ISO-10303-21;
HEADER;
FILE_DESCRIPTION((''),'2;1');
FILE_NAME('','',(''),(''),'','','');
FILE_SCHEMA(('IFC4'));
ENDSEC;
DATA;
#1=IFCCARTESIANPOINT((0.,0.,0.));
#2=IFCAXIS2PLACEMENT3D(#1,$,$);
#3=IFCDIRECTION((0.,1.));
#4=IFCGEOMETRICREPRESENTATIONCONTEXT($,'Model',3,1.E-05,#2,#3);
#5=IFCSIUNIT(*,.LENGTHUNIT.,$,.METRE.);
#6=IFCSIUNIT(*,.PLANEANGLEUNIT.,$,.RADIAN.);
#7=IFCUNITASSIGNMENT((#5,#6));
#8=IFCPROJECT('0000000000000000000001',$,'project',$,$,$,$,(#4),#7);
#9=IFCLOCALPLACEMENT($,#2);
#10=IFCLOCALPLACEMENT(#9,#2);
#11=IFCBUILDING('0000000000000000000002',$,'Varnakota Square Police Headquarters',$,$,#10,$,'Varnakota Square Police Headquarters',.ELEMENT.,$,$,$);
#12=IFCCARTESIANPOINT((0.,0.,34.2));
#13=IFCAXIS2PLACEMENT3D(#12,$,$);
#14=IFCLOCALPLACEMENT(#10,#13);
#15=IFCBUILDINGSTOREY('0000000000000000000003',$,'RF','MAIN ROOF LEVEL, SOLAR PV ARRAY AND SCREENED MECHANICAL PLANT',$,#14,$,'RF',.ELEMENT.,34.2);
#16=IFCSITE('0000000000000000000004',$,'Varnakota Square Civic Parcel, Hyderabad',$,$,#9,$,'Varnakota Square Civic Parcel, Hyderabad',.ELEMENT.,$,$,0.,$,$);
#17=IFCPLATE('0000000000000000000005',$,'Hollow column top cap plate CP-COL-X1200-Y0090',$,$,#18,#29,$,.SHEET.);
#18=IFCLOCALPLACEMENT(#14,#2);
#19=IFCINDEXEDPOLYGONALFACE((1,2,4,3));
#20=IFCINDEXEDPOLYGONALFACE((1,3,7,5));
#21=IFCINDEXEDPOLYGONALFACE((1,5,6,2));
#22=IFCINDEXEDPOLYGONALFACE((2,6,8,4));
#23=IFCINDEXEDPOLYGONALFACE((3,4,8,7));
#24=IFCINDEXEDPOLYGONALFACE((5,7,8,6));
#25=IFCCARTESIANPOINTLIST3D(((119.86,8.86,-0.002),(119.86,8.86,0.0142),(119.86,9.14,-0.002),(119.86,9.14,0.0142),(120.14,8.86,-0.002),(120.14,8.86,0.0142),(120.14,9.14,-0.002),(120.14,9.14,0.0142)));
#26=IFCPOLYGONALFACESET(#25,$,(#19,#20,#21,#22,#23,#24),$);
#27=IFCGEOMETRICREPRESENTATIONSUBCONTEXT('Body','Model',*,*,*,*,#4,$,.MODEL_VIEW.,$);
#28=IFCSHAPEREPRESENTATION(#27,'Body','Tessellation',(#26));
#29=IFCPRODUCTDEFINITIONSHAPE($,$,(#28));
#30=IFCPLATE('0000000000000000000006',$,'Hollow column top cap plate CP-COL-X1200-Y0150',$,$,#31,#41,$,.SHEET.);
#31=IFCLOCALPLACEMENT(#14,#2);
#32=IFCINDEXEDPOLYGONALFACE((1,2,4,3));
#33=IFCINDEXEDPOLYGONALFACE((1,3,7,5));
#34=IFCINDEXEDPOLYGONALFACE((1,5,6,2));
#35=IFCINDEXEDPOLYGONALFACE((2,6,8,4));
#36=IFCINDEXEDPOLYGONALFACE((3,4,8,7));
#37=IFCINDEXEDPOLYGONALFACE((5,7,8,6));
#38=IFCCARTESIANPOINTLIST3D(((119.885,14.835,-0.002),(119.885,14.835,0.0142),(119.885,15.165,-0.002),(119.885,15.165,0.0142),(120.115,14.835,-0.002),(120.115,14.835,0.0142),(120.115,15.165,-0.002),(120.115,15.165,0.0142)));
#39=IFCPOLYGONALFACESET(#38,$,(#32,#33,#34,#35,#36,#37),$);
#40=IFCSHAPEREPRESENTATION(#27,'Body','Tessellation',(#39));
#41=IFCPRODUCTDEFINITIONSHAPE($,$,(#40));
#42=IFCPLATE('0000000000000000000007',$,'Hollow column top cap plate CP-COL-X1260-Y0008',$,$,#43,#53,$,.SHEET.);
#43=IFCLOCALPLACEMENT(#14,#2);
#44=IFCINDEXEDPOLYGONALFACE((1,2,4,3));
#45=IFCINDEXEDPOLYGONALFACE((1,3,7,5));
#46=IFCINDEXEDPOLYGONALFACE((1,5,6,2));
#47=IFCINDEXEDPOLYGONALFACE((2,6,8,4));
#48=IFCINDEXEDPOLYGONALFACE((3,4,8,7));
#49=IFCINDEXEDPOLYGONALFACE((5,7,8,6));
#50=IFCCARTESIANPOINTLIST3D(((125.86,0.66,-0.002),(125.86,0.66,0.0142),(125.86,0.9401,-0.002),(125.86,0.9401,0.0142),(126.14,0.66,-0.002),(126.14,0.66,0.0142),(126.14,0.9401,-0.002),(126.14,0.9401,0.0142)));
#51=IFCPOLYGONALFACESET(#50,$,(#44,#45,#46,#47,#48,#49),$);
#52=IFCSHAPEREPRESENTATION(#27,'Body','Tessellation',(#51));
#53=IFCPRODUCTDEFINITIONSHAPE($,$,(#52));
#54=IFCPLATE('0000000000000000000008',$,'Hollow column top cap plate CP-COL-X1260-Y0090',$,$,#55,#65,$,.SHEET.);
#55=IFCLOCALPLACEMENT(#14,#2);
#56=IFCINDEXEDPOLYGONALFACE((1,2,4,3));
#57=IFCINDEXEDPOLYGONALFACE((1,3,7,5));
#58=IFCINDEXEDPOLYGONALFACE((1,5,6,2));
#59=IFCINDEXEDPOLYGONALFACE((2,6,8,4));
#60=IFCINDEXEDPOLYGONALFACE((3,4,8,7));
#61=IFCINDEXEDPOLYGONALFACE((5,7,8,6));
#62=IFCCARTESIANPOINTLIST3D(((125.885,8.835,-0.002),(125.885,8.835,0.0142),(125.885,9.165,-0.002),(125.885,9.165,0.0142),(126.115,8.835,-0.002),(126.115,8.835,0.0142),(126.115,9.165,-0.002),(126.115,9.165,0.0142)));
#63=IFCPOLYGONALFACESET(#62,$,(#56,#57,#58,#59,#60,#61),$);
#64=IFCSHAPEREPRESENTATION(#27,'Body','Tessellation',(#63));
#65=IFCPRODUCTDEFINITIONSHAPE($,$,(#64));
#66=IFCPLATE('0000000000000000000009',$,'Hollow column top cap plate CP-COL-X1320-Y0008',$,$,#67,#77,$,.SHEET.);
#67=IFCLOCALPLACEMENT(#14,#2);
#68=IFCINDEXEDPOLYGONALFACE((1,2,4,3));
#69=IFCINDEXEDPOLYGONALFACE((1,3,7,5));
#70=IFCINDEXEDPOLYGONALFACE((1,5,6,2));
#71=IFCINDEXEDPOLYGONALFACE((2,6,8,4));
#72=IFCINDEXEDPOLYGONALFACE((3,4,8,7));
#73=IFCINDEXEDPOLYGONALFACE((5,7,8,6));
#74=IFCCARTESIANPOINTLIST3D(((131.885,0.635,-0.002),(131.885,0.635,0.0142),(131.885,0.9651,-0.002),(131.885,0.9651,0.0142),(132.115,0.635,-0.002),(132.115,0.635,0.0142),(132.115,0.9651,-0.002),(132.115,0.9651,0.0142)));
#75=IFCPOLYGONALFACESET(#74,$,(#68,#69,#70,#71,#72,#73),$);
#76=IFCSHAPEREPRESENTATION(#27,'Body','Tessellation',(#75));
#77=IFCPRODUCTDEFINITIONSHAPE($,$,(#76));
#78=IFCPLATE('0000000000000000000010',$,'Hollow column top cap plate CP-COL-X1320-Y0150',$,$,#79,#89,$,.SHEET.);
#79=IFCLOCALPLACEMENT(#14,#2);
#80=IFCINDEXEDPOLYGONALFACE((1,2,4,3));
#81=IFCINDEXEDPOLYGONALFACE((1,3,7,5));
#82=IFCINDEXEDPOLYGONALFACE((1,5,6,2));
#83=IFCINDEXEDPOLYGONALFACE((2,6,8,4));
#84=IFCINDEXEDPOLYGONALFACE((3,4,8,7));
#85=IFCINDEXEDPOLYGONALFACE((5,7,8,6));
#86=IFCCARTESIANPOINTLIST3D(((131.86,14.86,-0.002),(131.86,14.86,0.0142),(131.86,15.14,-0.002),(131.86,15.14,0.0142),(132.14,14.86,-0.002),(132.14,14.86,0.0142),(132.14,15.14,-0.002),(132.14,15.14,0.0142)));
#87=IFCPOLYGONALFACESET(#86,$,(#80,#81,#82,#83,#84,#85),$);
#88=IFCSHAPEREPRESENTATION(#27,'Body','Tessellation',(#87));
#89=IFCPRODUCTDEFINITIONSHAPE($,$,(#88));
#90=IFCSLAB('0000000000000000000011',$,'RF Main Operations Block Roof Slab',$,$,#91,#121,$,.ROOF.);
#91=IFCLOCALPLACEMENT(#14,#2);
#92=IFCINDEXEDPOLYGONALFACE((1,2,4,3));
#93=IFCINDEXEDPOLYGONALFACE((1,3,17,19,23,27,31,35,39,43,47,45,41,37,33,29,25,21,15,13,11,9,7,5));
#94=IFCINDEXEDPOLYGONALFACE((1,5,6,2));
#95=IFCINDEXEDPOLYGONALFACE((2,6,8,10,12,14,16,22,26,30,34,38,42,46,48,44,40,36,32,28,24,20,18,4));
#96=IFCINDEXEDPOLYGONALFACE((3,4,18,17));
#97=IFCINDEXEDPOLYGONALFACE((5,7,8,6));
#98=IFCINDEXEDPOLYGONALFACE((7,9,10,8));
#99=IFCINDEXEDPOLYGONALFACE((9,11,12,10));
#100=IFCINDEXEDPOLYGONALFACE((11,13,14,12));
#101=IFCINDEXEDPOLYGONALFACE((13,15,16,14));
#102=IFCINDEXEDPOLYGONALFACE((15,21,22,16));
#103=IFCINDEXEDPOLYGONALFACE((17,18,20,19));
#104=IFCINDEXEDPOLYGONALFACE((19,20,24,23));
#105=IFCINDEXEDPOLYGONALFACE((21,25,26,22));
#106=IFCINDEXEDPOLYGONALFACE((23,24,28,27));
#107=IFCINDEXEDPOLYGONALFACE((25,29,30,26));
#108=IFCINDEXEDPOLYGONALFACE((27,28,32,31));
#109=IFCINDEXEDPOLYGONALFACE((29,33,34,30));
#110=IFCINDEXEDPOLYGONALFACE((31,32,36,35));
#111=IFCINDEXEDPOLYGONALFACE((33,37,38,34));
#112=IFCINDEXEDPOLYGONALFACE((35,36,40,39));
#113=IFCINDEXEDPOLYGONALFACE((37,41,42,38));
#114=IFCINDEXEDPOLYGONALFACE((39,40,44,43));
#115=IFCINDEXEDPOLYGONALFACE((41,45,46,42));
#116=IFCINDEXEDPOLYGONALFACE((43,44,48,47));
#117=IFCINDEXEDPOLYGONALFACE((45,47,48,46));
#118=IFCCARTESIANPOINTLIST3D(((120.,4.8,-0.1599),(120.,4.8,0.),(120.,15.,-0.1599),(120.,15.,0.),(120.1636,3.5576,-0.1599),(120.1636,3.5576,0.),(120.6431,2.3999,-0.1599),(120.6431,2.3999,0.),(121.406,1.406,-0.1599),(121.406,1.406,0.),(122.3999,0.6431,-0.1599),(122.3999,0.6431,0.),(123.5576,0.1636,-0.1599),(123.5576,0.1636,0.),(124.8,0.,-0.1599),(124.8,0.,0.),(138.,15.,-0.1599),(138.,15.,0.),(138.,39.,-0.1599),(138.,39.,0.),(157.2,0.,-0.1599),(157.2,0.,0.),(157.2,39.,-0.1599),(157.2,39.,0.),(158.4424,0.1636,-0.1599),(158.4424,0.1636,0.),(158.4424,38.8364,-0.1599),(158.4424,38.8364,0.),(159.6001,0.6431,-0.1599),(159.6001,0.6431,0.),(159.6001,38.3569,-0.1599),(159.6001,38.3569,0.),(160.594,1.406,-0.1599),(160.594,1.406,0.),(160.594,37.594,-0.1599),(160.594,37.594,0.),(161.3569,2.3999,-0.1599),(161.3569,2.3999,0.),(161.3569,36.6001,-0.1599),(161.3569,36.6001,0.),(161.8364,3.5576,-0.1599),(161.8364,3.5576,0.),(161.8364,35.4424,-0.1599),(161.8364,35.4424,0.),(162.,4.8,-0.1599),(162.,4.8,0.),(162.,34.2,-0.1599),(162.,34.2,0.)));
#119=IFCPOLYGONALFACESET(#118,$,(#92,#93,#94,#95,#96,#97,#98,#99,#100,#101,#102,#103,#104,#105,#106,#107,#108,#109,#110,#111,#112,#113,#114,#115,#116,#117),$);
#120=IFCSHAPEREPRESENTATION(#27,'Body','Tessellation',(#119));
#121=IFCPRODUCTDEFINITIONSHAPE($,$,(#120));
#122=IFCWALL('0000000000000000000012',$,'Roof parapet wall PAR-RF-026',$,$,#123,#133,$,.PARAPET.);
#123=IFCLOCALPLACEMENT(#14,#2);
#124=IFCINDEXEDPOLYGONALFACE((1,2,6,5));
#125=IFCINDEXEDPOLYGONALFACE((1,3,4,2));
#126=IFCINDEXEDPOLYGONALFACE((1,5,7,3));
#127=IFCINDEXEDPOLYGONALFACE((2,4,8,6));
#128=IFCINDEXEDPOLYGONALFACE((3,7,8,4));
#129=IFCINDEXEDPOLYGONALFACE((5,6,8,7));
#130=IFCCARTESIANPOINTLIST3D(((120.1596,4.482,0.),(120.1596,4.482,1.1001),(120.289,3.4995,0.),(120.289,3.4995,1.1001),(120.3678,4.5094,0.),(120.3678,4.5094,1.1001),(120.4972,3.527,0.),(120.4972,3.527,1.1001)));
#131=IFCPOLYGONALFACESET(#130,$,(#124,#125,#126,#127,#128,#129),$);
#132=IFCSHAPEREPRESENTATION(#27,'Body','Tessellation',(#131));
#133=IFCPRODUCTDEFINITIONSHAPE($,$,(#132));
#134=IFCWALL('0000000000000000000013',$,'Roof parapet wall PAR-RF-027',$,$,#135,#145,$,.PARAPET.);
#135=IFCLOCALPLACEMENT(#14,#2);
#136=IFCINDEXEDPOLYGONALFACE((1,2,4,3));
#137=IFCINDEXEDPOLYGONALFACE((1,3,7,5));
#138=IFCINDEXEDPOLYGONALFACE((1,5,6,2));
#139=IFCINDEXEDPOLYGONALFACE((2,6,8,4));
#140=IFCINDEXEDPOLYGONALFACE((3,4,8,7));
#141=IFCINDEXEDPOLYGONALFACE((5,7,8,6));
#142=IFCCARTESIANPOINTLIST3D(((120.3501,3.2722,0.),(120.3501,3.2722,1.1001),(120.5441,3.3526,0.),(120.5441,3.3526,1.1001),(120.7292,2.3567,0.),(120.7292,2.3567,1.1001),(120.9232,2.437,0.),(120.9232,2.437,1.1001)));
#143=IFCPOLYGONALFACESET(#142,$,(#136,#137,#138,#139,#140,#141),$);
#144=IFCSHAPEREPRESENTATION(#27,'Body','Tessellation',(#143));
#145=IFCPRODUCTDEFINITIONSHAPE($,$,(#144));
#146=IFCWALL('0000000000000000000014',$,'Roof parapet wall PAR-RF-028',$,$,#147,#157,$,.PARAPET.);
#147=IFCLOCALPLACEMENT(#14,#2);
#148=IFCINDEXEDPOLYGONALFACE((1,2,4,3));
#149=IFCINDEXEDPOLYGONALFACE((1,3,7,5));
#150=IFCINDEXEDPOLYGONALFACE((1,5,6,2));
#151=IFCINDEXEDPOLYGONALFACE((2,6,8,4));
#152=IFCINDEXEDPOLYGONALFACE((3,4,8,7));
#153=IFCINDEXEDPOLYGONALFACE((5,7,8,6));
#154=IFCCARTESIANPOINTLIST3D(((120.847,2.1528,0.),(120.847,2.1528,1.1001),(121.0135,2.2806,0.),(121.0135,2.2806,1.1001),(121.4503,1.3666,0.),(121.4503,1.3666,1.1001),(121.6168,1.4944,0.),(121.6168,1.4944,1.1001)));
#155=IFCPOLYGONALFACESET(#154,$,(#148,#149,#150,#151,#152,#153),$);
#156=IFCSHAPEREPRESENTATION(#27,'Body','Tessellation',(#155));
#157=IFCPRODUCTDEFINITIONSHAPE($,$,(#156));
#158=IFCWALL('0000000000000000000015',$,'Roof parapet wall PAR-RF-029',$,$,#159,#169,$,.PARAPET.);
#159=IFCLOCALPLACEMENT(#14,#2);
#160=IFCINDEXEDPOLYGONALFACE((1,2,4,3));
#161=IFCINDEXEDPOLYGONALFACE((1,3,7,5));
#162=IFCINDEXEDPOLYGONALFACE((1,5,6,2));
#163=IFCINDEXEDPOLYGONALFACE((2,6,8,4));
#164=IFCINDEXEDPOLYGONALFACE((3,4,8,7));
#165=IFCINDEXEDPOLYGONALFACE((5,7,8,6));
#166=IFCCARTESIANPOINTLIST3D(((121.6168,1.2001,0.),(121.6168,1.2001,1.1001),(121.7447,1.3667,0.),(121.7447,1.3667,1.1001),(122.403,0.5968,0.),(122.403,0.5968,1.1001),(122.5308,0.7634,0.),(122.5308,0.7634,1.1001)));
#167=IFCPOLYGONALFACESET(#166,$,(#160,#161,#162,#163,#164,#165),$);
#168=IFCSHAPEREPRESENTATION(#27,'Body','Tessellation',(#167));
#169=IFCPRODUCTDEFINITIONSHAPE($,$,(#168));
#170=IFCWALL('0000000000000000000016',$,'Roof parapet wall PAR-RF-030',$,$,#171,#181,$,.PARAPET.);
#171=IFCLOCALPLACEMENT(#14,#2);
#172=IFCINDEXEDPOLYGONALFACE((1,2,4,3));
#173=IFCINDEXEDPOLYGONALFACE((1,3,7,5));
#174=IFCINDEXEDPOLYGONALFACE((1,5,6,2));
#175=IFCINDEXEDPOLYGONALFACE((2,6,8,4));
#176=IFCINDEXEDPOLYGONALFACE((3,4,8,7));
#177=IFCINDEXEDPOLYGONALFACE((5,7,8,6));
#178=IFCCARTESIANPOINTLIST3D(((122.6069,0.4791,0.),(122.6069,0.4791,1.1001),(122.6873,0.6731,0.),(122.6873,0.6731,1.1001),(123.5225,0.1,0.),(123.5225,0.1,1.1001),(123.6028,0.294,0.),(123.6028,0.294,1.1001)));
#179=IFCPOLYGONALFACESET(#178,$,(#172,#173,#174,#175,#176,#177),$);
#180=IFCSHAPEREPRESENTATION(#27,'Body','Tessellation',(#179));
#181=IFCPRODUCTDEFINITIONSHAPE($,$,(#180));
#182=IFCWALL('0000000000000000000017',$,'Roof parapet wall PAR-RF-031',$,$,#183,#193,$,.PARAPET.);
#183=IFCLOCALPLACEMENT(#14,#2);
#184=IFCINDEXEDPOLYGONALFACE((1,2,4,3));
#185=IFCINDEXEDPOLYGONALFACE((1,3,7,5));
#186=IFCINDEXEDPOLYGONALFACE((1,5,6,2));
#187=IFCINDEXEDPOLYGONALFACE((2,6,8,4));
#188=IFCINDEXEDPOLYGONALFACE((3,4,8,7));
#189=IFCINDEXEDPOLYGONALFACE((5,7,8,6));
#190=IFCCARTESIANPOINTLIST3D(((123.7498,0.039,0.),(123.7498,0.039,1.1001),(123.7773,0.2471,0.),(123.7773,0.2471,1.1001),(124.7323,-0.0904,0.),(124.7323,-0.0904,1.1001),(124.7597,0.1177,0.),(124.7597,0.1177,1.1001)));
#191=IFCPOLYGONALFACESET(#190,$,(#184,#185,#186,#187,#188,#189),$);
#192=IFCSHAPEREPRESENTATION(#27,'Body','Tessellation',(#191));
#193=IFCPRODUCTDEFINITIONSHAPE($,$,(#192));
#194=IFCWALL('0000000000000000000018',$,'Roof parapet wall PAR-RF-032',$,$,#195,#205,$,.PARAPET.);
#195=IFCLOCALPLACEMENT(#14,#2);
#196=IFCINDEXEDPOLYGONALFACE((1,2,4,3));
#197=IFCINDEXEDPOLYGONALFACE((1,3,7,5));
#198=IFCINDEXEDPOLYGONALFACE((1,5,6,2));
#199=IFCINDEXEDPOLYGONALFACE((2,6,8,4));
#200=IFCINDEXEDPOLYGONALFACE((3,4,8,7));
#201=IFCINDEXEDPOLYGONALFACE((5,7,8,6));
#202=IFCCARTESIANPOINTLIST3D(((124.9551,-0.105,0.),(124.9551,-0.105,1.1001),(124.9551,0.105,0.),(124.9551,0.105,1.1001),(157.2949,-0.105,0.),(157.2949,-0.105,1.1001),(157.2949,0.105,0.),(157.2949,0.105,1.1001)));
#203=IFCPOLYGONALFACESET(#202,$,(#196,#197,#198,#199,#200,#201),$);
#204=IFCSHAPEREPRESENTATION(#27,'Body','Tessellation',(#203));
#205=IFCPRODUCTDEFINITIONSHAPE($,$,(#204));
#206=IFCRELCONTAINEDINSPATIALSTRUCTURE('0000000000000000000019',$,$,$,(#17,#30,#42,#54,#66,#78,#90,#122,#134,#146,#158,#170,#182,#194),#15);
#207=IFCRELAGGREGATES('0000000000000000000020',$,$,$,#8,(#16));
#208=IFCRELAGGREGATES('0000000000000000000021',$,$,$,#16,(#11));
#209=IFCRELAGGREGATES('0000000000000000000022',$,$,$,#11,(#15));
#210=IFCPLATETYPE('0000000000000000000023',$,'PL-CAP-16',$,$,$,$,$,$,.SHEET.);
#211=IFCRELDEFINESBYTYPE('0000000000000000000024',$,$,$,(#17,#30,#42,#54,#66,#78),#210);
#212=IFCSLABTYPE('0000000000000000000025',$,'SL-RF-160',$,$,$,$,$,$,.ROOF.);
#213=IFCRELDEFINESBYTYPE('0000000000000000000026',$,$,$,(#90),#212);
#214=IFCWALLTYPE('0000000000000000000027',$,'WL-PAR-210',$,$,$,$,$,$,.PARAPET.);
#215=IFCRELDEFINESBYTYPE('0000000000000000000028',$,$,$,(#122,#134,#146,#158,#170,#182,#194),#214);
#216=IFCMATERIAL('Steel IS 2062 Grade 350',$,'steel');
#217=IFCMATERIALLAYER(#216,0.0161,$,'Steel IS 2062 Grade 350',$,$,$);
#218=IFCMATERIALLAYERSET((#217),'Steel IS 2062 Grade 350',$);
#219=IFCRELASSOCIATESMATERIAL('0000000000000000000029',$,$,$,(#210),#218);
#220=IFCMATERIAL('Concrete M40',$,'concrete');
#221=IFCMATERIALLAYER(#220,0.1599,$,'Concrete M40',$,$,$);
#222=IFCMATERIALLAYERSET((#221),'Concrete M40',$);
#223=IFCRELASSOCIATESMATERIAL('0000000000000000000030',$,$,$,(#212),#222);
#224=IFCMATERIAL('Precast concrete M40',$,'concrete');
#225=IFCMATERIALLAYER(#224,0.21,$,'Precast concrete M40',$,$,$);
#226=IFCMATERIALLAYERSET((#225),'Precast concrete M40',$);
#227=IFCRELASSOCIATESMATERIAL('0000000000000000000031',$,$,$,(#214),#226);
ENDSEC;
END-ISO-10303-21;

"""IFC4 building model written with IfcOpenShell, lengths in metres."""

from ifc_helpers import new_model, si_unit, direction, frame, frame_2d, origin, origin_2d, place, context, subcontext, project, spatial, polyline, rectangle, outline, extrude, material, layer, layer_set, type_object, element, save


model = new_model("IFC4")

# Units and contexts
model_context = context("Model", 3, precision=1e-05, world=origin(), true_north=direction((0.0, 1.0)))
body_context = subcontext(model_context, "Body", "Model", "MODEL_VIEW")
ifc_project = project(units=[si_unit("LENGTHUNIT", "METRE"), si_unit("PLANEANGLEUNIT", "RADIAN")], contexts=[model_context])

# Site, building, storey
site_placement = place(None, origin())
site = spatial("IfcSite", under=ifc_project, at=site_placement, Name="Varnakota Square Civic Parcel, Hyderabad", LongName="Varnakota Square Civic Parcel, Hyderabad", CompositionType="ELEMENT", RefElevation=0.0)
building_placement = place(site_placement, origin())
building = spatial("IfcBuilding", under=site, at=building_placement, Name="Varnakota Square Police Headquarters", LongName="Varnakota Square Police Headquarters", CompositionType="ELEMENT")
storey_placement = place(building_placement, frame((0.0, 0.0, 34.2)))
storey = spatial("IfcBuildingStorey", under=building, at=storey_placement, Name="RF", Description="MAIN ROOF LEVEL, SOLAR PV ARRAY AND SCREENED MECHANICAL PLANT", LongName="RF", CompositionType="ELEMENT", Elevation=34.2)

# Plates
ifc_material_1 = material(Name="Steel IS 2062 Grade 350", Category="steel")
ifc_layer_1 = layer(ifc_material_1, 0.0161, Name="Steel IS 2062 Grade 350")
ifc_layer_set_1 = layer_set([ifc_layer_1], Name="Steel IS 2062 Grade 350")
plate_type = type_object("IfcPlateType", Name="PL-CAP-16", PredefinedType="SHEET", material=ifc_layer_set_1)
plate_1_placement = place(storey_placement, frame((120.0, 9.0, -0.002), z_axis=(0.0, 0.0, 1.0), x_axis=(1.0, 0.0, 0.0)))
element("IfcPlate", 1, at=plate_1_placement, inside=storey, type_object=plate_type, Name="Hollow column top cap plate CP-COL-X1200-Y0090", PredefinedType="SHEET", context=body_context, shape_type="SweptSolid", body=[
    extrude(rectangle(XDim=0.28, YDim=0.28, at=origin_2d()), origin(), (0.0, 0.0, 1.0), 0.0161),
])
plate_2_placement = place(storey_placement, frame((120.0, 15.0, -0.002), z_axis=(0.0, 0.0, 1.0), x_axis=(1.0, 0.0, 0.0)))
element("IfcPlate", 2, at=plate_2_placement, inside=storey, type_object=plate_type, Name="Hollow column top cap plate CP-COL-X1200-Y0150", PredefinedType="SHEET", context=body_context, shape_type="SweptSolid", body=[
    extrude(rectangle(XDim=0.23, YDim=0.3301, at=origin_2d()), origin(), (0.0, 0.0, 1.0), 0.0161),
])
plate_3_placement = place(storey_placement, frame((126.0, 0.8, -0.002), z_axis=(0.0, 0.0, 1.0), x_axis=(1.0, 0.0, 0.0)))
element("IfcPlate", 3, at=plate_3_placement, inside=storey, type_object=plate_type, Name="Hollow column top cap plate CP-COL-X1260-Y0008", PredefinedType="SHEET", context=body_context, shape_type="SweptSolid", body=[
    extrude(rectangle(XDim=0.28, YDim=0.28, at=origin_2d()), origin(), (0.0, 0.0, 1.0), 0.0161),
])
for number, where, z_axis, x_axis, name in (
    (4, (126.0, 9.0, -0.002), (0.0, 0.0, 1.0), (1.0, 0.0, 0.0), "Hollow column top cap plate CP-COL-X1260-Y0090"),
    (5, (132.0, 0.8, -0.002), (0.0, 0.0, 1.0), (1.0, 0.0, 0.0), "Hollow column top cap plate CP-COL-X1320-Y0008"),
):
    element("IfcPlate", number, at=place(storey_placement, frame(where, z_axis=z_axis, x_axis=x_axis)), inside=storey, type_object=plate_type, Name=name, PredefinedType="SHEET", context=body_context, shape_type="SweptSolid", body=[
        extrude(rectangle(XDim=0.23, YDim=0.3301, at=origin_2d()), origin(), (0.0, 0.0, 1.0), 0.0161),
    ])
plate_4_placement = place(storey_placement, frame((132.0, 15.0, -0.002), z_axis=(0.0, 0.0, 1.0), x_axis=(1.0, 0.0, 0.0)))
element("IfcPlate", 6, at=plate_4_placement, inside=storey, type_object=plate_type, Name="Hollow column top cap plate CP-COL-X1320-Y0150", PredefinedType="SHEET", context=body_context, shape_type="SweptSolid", body=[
    extrude(rectangle(XDim=0.28, YDim=0.28, at=origin_2d()), origin(), (0.0, 0.0, 1.0), 0.0161),
])

# Slab
ifc_material_2 = material(Name="Concrete M40", Category="concrete")
ifc_layer_2 = layer(ifc_material_2, 0.1599, Name="Concrete M40")
ifc_layer_set_2 = layer_set([ifc_layer_2], Name="Concrete M40")
slab_type = type_object("IfcSlabType", Name="SL-RF-160", PredefinedType="ROOF", material=ifc_layer_set_2)
slab_placement = place(storey_placement, frame((0.0, 0.0, -0.1599)))
element("IfcSlab", 7, at=slab_placement, inside=storey, type_object=slab_type, Name="RF Main Operations Block Roof Slab", PredefinedType="ROOF", context=body_context, shape_type="SweptSolid", body=[
    extrude(outline(polyline([(120.0, 4.8), (120.1636, 3.5576), (120.6431, 2.3999), (121.406, 1.406), (122.3999, 0.6431), (123.5576, 0.1636), (124.8, 0.0), (157.2, 0.0), (158.4424, 0.1636), (159.6001, 0.6431), (160.594, 1.406), (161.3569, 2.3999), (161.8364, 3.5576), (162.0, 4.8), (162.0, 34.2), (161.8364, 35.4424), (161.3569, 36.6001), (160.594, 37.594), (159.6001, 38.3569), (158.4424, 38.8364), (157.2, 39.0), (138.0, 39.0), (138.0, 15.0), (120.0, 15.0), (120.0, 4.8)])), origin(), (0.0, 0.0, 1.0), 0.1599),
])

# Walls
ifc_material_3 = material(Name="Precast concrete M40", Category="concrete")
ifc_layer_3 = layer(ifc_material_3, 0.21, Name="Precast concrete M40")
ifc_layer_set_3 = layer_set([ifc_layer_3], Name="Precast concrete M40")
wall_type = type_object("IfcWallType", Name="WL-PAR-210", PredefinedType="PARAPET", material=ifc_layer_set_3)
for number, where, z_axis, x_axis, name in (
    (8, (120.2637, 4.4958, 0.0), (0.0, 0.0, 1.0), (0.130582, -0.991438, 0.0), "Roof parapet wall PAR-RF-026"),
    (9, (120.447, 3.3125, 0.0), (0.0, 0.0, 1.0), (0.38262, -0.923906, 0.0), "Roof parapet wall PAR-RF-027"),
    (10, (120.9302, 2.2168, 0.0), (0.0, 0.0, 1.0), (0.608794, -0.793329, 0.0), "Roof parapet wall PAR-RF-028"),
    (11, (121.6807, 1.2834, 0.0), (0.0, 0.0, 1.0), (0.793329, -0.608794, 0.0), "Roof parapet wall PAR-RF-029"),
    (12, (122.647, 0.5762, 0.0), (0.0, 0.0, 1.0), (0.923906, -0.38262, 0.0), "Roof parapet wall PAR-RF-030"),
    (13, (123.7634, 0.1431, 0.0), (0.0, 0.0, 1.0), (0.991438, -0.130582, 0.0), "Roof parapet wall PAR-RF-031"),
):
    element("IfcWall", number, at=place(storey_placement, frame(where, z_axis=z_axis, x_axis=x_axis)), inside=storey, type_object=wall_type, Name=name, PredefinedType="PARAPET", context=body_context, shape_type="SweptSolid", body=[
        extrude(rectangle(XDim=0.991, YDim=0.21, at=frame_2d((0.4956, 0.0))), origin(), (0.0, 0.0, 1.0), 1.1001),
    ])
wall_1_placement = place(storey_placement, frame((124.9551, 0.0, 0.0), z_axis=(0.0, 0.0, 1.0), x_axis=(1.0, 0.0, 0.0)))
element("IfcWall", 14, at=wall_1_placement, inside=storey, type_object=wall_type, Name="Roof parapet wall PAR-RF-032", PredefinedType="PARAPET", context=body_context, shape_type="SweptSolid", body=[
    extrude(rectangle(XDim=32.3398, YDim=0.21, at=frame_2d((16.1699, 0.0))), origin(), (0.0, 0.0, 1.0), 1.1001),
])

save(model, "model.ifc")
